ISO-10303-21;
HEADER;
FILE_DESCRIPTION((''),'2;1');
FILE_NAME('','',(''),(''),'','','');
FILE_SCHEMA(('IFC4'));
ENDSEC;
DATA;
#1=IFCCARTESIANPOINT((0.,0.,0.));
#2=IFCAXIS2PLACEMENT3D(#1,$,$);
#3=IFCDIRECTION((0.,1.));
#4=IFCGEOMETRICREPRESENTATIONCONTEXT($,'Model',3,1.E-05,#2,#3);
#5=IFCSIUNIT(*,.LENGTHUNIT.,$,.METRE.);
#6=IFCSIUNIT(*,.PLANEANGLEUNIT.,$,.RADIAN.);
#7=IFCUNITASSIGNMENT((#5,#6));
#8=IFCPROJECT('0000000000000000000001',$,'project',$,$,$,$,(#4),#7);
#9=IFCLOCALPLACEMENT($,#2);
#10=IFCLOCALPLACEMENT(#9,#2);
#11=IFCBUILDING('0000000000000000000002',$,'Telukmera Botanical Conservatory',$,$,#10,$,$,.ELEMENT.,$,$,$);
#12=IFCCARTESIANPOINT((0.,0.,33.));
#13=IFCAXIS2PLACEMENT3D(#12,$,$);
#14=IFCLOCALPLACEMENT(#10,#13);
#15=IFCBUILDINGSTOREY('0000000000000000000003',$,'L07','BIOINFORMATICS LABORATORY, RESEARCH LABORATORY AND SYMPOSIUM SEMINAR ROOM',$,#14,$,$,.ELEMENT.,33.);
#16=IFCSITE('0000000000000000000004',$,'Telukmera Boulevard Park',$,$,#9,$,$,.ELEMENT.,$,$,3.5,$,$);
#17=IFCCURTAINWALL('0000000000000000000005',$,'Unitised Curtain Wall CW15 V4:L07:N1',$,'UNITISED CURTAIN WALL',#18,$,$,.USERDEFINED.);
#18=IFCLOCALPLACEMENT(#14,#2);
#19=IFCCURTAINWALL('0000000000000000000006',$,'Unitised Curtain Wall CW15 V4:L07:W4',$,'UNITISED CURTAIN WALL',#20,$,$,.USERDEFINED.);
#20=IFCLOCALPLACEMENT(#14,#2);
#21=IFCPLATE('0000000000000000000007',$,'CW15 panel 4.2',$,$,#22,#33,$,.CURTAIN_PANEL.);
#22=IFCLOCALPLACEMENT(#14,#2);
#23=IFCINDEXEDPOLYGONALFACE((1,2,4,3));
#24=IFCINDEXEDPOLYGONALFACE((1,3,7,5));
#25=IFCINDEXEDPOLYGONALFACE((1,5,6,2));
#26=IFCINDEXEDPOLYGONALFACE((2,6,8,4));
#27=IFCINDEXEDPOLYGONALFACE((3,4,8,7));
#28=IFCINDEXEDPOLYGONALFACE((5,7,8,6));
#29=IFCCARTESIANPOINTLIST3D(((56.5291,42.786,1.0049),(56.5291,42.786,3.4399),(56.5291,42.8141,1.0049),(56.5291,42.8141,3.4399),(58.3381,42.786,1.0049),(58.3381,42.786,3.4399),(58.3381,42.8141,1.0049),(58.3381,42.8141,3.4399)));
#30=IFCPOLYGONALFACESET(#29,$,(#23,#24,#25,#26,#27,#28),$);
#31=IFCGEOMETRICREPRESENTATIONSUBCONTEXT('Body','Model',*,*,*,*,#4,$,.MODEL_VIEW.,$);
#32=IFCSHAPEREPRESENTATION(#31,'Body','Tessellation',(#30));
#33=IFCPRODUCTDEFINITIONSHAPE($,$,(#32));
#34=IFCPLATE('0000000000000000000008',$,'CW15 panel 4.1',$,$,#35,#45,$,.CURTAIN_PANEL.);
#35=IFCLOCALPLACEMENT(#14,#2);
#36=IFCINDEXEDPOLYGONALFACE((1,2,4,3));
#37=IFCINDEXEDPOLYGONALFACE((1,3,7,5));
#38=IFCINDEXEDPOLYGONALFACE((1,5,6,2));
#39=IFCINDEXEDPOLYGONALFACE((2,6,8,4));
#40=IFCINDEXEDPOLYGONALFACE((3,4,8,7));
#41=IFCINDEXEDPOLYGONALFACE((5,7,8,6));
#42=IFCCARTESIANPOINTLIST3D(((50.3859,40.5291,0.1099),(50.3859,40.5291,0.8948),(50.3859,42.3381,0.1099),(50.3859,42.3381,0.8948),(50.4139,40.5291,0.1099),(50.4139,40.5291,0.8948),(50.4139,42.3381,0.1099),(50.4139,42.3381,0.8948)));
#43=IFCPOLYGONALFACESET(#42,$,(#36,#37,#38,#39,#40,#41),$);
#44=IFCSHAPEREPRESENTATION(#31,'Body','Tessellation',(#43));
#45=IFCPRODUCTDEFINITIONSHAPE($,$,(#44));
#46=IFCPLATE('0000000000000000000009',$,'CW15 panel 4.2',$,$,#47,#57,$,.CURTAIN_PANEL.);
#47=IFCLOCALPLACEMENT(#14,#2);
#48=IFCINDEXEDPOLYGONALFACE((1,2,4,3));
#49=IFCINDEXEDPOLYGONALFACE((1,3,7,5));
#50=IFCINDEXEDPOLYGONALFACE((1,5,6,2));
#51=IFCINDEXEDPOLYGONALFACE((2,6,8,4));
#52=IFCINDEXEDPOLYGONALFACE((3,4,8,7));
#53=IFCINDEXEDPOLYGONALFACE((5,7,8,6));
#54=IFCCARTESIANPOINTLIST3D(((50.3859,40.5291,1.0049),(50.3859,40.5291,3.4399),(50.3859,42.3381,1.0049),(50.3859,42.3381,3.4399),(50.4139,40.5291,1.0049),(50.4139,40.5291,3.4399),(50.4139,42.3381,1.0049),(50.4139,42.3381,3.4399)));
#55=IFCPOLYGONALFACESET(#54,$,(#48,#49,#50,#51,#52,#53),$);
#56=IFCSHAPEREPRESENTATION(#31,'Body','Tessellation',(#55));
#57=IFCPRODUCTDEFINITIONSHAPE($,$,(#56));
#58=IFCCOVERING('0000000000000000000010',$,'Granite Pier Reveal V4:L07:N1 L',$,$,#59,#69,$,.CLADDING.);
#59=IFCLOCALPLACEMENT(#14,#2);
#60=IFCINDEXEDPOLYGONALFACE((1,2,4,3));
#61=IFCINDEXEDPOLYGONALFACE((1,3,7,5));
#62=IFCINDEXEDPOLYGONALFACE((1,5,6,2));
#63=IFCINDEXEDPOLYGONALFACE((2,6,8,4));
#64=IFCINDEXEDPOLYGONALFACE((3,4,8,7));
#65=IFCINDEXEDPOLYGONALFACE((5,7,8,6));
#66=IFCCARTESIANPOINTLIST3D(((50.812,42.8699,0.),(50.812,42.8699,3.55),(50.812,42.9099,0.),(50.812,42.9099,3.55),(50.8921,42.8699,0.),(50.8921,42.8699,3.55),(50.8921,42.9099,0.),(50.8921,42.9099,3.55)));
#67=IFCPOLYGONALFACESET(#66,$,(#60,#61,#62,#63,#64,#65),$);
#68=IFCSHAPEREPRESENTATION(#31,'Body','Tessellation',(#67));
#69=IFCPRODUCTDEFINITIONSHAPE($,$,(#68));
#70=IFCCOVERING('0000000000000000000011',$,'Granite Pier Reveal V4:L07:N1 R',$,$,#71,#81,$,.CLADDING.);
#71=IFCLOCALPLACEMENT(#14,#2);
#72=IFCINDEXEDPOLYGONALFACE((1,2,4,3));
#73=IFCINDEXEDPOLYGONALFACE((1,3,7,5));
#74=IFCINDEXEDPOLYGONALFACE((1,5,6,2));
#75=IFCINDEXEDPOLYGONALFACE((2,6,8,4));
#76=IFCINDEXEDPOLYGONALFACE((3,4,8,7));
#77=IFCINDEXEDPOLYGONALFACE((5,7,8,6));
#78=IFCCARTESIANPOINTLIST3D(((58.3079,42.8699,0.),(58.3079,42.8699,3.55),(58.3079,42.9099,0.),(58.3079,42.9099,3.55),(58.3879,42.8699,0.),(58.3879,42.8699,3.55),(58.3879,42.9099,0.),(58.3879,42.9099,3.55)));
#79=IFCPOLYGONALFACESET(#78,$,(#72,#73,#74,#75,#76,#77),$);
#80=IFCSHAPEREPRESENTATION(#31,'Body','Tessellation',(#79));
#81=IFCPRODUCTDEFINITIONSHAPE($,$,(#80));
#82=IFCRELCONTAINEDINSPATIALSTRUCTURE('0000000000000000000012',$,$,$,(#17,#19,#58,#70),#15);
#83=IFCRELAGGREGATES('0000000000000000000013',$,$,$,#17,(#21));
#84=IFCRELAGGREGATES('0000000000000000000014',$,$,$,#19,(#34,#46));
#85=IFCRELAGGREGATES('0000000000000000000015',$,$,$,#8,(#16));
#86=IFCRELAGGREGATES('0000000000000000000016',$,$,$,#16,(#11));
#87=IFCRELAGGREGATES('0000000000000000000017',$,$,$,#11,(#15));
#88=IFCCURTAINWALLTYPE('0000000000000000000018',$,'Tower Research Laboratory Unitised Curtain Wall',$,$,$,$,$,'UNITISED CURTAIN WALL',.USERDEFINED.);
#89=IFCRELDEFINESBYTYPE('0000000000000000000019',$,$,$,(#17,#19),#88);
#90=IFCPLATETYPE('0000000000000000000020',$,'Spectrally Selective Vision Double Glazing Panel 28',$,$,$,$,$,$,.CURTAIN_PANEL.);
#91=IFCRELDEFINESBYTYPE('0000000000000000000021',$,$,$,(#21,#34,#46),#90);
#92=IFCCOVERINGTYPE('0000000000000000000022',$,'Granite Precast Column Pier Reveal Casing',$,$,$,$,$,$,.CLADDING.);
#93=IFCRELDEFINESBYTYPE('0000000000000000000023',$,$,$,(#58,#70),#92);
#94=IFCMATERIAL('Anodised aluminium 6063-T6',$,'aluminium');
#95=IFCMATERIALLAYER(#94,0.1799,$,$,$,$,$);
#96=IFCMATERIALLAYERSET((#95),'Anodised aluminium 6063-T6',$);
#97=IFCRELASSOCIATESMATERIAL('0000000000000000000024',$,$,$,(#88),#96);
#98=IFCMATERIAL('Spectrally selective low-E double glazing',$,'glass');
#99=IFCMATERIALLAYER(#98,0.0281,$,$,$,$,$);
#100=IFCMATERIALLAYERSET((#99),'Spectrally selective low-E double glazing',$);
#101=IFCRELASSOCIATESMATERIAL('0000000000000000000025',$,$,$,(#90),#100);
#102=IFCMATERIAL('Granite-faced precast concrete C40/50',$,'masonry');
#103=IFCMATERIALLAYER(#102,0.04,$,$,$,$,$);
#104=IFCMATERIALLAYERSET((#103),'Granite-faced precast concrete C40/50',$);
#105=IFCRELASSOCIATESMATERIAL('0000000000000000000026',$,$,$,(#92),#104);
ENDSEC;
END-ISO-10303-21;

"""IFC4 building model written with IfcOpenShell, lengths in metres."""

from ifc_helpers import new_model, si_unit, direction, frame, origin, origin_2d, place, context, subcontext, project, spatial, rectangle, extrude, material, layer, layer_set, type_object, element, aggregate, save


model = new_model("IFC4")

# Units and contexts
model_context = context("Model", 3, precision=1e-05, world=origin(), true_north=direction((0.0, 1.0)))
body_context = subcontext(model_context, "Body", "Model", "MODEL_VIEW")
ifc_project = project(units=[si_unit("LENGTHUNIT", "METRE"), si_unit("PLANEANGLEUNIT", "RADIAN")], contexts=[model_context])

# Site, building, storey
site_placement = place(None, origin())
site = spatial("IfcSite", under=ifc_project, at=site_placement, Name="Telukmera Boulevard Park", CompositionType="ELEMENT", RefElevation=3.5)
building_placement = place(site_placement, origin())
building = spatial("IfcBuilding", under=site, at=building_placement, Name="Telukmera Botanical Conservatory", CompositionType="ELEMENT")
storey_placement = place(building_placement, frame((0.0, 0.0, 33.0)))
storey = spatial("IfcBuildingStorey", under=building, at=storey_placement, Name="L07", Description="BIOINFORMATICS LABORATORY, RESEARCH LABORATORY AND SYMPOSIUM SEMINAR ROOM", CompositionType="ELEMENT", Elevation=33.0)

# Curtain wall
ifc_material_1 = material(Name="Anodised aluminium 6063-T6", Category="aluminium")
ifc_layer_1 = layer(ifc_material_1, 0.1799)
ifc_layer_set_1 = layer_set([ifc_layer_1], Name="Anodised aluminium 6063-T6")
curtain_wall_type = type_object("IfcCurtainWallType", Name="Tower Research Laboratory Unitised Curtain Wall", ElementType="UNITISED CURTAIN WALL", PredefinedType="USERDEFINED", material=ifc_layer_set_1)
curtain_wall_1_placement = place(storey_placement, origin())
curtain_wall_1 = element("IfcCurtainWall", 1, at=curtain_wall_1_placement, inside=storey, type_object=curtain_wall_type, Name="Unitised Curtain Wall CW15 V4:L07:N1", ObjectType="UNITISED CURTAIN WALL", PredefinedType="USERDEFINED")

# Curtain wall
curtain_wall_2_placement = place(storey_placement, origin())
curtain_wall_2 = element("IfcCurtainWall", 2, at=curtain_wall_2_placement, inside=storey, type_object=curtain_wall_type, Name="Unitised Curtain Wall CW15 V4:L07:W4", ObjectType="UNITISED CURTAIN WALL", PredefinedType="USERDEFINED")

# Plates
ifc_material_2 = material(Name="Spectrally selective low-E double glazing", Category="glass")
ifc_layer_2 = layer(ifc_material_2, 0.0281)
ifc_layer_set_2 = layer_set([ifc_layer_2], Name="Spectrally selective low-E double glazing")
plate_type = type_object("IfcPlateType", Name="Spectrally Selective Vision Double Glazing Panel 28", PredefinedType="CURTAIN_PANEL", material=ifc_layer_set_2)
plate_1_placement = place(storey_placement, frame((57.4336, 42.8, 1.0049), z_axis=(0.0, 0.0, 1.0), x_axis=(1.0, 0.0, 0.0)))
plate_1 = element("IfcPlate", 3, at=plate_1_placement, type_object=plate_type, Name="CW15 panel 4.2", PredefinedType="CURTAIN_PANEL", context=body_context, shape_type="SweptSolid", body=[
    extrude(rectangle(XDim=1.8091, YDim=0.0281, at=origin_2d()), origin(), (0.0, 0.0, 1.0), 2.4351),
])
aggregate(curtain_wall_1, [plate_1])
plate_2_placement = place(storey_placement, frame((50.3999, 41.4336, 0.1099), z_axis=(0.0, 0.0, 1.0), x_axis=(0.0, 1.0, 0.0)))
plate_2 = element("IfcPlate", 4, at=plate_2_placement, type_object=plate_type, Name="CW15 panel 4.1", PredefinedType="CURTAIN_PANEL", context=body_context, shape_type="SweptSolid", body=[
    extrude(rectangle(XDim=1.8091, YDim=0.0281, at=origin_2d()), origin(), (0.0, 0.0, 1.0), 0.7849),
])
plate_3_placement = place(storey_placement, frame((50.3999, 41.4336, 1.0049), z_axis=(0.0, 0.0, 1.0), x_axis=(0.0, 1.0, 0.0)))
plate_3 = element("IfcPlate", 5, at=plate_3_placement, type_object=plate_type, Name="CW15 panel 4.2", PredefinedType="CURTAIN_PANEL", context=body_context, shape_type="SweptSolid", body=[
    extrude(rectangle(XDim=1.8091, YDim=0.0281, at=origin_2d()), origin(), (0.0, 0.0, 1.0), 2.4351),
])
aggregate(curtain_wall_2, [plate_2, plate_3])

# Coverings
ifc_material_3 = material(Name="Granite-faced precast concrete C40/50", Category="masonry")
ifc_layer_3 = layer(ifc_material_3, 0.04)
ifc_layer_set_3 = layer_set([ifc_layer_3], Name="Granite-faced precast concrete C40/50")
covering_type = type_object("IfcCoveringType", Name="Granite Precast Column Pier Reveal Casing", PredefinedType="CLADDING", material=ifc_layer_set_3)
for number, where, z_axis, x_axis, name in (
    (6, (50.8521, 42.8899, 0.0), (0.0, 0.0, 1.0), (1.0, 0.0, 0.0), "Granite Pier Reveal V4:L07:N1 L"),
    (7, (58.3479, 42.8899, 0.0), (0.0, 0.0, 1.0), (1.0, 0.0, 0.0), "Granite Pier Reveal V4:L07:N1 R"),
):
    element("IfcCovering", number, at=place(storey_placement, frame(where, z_axis=z_axis, x_axis=x_axis)), inside=storey, type_object=covering_type, Name=name, PredefinedType="CLADDING", context=body_context, shape_type="SweptSolid", body=[
        extrude(rectangle(XDim=0.0801, YDim=0.04, at=origin_2d()), origin(), (0.0, 0.0, 1.0), 3.55),
    ])

save(model, "model.ifc")
